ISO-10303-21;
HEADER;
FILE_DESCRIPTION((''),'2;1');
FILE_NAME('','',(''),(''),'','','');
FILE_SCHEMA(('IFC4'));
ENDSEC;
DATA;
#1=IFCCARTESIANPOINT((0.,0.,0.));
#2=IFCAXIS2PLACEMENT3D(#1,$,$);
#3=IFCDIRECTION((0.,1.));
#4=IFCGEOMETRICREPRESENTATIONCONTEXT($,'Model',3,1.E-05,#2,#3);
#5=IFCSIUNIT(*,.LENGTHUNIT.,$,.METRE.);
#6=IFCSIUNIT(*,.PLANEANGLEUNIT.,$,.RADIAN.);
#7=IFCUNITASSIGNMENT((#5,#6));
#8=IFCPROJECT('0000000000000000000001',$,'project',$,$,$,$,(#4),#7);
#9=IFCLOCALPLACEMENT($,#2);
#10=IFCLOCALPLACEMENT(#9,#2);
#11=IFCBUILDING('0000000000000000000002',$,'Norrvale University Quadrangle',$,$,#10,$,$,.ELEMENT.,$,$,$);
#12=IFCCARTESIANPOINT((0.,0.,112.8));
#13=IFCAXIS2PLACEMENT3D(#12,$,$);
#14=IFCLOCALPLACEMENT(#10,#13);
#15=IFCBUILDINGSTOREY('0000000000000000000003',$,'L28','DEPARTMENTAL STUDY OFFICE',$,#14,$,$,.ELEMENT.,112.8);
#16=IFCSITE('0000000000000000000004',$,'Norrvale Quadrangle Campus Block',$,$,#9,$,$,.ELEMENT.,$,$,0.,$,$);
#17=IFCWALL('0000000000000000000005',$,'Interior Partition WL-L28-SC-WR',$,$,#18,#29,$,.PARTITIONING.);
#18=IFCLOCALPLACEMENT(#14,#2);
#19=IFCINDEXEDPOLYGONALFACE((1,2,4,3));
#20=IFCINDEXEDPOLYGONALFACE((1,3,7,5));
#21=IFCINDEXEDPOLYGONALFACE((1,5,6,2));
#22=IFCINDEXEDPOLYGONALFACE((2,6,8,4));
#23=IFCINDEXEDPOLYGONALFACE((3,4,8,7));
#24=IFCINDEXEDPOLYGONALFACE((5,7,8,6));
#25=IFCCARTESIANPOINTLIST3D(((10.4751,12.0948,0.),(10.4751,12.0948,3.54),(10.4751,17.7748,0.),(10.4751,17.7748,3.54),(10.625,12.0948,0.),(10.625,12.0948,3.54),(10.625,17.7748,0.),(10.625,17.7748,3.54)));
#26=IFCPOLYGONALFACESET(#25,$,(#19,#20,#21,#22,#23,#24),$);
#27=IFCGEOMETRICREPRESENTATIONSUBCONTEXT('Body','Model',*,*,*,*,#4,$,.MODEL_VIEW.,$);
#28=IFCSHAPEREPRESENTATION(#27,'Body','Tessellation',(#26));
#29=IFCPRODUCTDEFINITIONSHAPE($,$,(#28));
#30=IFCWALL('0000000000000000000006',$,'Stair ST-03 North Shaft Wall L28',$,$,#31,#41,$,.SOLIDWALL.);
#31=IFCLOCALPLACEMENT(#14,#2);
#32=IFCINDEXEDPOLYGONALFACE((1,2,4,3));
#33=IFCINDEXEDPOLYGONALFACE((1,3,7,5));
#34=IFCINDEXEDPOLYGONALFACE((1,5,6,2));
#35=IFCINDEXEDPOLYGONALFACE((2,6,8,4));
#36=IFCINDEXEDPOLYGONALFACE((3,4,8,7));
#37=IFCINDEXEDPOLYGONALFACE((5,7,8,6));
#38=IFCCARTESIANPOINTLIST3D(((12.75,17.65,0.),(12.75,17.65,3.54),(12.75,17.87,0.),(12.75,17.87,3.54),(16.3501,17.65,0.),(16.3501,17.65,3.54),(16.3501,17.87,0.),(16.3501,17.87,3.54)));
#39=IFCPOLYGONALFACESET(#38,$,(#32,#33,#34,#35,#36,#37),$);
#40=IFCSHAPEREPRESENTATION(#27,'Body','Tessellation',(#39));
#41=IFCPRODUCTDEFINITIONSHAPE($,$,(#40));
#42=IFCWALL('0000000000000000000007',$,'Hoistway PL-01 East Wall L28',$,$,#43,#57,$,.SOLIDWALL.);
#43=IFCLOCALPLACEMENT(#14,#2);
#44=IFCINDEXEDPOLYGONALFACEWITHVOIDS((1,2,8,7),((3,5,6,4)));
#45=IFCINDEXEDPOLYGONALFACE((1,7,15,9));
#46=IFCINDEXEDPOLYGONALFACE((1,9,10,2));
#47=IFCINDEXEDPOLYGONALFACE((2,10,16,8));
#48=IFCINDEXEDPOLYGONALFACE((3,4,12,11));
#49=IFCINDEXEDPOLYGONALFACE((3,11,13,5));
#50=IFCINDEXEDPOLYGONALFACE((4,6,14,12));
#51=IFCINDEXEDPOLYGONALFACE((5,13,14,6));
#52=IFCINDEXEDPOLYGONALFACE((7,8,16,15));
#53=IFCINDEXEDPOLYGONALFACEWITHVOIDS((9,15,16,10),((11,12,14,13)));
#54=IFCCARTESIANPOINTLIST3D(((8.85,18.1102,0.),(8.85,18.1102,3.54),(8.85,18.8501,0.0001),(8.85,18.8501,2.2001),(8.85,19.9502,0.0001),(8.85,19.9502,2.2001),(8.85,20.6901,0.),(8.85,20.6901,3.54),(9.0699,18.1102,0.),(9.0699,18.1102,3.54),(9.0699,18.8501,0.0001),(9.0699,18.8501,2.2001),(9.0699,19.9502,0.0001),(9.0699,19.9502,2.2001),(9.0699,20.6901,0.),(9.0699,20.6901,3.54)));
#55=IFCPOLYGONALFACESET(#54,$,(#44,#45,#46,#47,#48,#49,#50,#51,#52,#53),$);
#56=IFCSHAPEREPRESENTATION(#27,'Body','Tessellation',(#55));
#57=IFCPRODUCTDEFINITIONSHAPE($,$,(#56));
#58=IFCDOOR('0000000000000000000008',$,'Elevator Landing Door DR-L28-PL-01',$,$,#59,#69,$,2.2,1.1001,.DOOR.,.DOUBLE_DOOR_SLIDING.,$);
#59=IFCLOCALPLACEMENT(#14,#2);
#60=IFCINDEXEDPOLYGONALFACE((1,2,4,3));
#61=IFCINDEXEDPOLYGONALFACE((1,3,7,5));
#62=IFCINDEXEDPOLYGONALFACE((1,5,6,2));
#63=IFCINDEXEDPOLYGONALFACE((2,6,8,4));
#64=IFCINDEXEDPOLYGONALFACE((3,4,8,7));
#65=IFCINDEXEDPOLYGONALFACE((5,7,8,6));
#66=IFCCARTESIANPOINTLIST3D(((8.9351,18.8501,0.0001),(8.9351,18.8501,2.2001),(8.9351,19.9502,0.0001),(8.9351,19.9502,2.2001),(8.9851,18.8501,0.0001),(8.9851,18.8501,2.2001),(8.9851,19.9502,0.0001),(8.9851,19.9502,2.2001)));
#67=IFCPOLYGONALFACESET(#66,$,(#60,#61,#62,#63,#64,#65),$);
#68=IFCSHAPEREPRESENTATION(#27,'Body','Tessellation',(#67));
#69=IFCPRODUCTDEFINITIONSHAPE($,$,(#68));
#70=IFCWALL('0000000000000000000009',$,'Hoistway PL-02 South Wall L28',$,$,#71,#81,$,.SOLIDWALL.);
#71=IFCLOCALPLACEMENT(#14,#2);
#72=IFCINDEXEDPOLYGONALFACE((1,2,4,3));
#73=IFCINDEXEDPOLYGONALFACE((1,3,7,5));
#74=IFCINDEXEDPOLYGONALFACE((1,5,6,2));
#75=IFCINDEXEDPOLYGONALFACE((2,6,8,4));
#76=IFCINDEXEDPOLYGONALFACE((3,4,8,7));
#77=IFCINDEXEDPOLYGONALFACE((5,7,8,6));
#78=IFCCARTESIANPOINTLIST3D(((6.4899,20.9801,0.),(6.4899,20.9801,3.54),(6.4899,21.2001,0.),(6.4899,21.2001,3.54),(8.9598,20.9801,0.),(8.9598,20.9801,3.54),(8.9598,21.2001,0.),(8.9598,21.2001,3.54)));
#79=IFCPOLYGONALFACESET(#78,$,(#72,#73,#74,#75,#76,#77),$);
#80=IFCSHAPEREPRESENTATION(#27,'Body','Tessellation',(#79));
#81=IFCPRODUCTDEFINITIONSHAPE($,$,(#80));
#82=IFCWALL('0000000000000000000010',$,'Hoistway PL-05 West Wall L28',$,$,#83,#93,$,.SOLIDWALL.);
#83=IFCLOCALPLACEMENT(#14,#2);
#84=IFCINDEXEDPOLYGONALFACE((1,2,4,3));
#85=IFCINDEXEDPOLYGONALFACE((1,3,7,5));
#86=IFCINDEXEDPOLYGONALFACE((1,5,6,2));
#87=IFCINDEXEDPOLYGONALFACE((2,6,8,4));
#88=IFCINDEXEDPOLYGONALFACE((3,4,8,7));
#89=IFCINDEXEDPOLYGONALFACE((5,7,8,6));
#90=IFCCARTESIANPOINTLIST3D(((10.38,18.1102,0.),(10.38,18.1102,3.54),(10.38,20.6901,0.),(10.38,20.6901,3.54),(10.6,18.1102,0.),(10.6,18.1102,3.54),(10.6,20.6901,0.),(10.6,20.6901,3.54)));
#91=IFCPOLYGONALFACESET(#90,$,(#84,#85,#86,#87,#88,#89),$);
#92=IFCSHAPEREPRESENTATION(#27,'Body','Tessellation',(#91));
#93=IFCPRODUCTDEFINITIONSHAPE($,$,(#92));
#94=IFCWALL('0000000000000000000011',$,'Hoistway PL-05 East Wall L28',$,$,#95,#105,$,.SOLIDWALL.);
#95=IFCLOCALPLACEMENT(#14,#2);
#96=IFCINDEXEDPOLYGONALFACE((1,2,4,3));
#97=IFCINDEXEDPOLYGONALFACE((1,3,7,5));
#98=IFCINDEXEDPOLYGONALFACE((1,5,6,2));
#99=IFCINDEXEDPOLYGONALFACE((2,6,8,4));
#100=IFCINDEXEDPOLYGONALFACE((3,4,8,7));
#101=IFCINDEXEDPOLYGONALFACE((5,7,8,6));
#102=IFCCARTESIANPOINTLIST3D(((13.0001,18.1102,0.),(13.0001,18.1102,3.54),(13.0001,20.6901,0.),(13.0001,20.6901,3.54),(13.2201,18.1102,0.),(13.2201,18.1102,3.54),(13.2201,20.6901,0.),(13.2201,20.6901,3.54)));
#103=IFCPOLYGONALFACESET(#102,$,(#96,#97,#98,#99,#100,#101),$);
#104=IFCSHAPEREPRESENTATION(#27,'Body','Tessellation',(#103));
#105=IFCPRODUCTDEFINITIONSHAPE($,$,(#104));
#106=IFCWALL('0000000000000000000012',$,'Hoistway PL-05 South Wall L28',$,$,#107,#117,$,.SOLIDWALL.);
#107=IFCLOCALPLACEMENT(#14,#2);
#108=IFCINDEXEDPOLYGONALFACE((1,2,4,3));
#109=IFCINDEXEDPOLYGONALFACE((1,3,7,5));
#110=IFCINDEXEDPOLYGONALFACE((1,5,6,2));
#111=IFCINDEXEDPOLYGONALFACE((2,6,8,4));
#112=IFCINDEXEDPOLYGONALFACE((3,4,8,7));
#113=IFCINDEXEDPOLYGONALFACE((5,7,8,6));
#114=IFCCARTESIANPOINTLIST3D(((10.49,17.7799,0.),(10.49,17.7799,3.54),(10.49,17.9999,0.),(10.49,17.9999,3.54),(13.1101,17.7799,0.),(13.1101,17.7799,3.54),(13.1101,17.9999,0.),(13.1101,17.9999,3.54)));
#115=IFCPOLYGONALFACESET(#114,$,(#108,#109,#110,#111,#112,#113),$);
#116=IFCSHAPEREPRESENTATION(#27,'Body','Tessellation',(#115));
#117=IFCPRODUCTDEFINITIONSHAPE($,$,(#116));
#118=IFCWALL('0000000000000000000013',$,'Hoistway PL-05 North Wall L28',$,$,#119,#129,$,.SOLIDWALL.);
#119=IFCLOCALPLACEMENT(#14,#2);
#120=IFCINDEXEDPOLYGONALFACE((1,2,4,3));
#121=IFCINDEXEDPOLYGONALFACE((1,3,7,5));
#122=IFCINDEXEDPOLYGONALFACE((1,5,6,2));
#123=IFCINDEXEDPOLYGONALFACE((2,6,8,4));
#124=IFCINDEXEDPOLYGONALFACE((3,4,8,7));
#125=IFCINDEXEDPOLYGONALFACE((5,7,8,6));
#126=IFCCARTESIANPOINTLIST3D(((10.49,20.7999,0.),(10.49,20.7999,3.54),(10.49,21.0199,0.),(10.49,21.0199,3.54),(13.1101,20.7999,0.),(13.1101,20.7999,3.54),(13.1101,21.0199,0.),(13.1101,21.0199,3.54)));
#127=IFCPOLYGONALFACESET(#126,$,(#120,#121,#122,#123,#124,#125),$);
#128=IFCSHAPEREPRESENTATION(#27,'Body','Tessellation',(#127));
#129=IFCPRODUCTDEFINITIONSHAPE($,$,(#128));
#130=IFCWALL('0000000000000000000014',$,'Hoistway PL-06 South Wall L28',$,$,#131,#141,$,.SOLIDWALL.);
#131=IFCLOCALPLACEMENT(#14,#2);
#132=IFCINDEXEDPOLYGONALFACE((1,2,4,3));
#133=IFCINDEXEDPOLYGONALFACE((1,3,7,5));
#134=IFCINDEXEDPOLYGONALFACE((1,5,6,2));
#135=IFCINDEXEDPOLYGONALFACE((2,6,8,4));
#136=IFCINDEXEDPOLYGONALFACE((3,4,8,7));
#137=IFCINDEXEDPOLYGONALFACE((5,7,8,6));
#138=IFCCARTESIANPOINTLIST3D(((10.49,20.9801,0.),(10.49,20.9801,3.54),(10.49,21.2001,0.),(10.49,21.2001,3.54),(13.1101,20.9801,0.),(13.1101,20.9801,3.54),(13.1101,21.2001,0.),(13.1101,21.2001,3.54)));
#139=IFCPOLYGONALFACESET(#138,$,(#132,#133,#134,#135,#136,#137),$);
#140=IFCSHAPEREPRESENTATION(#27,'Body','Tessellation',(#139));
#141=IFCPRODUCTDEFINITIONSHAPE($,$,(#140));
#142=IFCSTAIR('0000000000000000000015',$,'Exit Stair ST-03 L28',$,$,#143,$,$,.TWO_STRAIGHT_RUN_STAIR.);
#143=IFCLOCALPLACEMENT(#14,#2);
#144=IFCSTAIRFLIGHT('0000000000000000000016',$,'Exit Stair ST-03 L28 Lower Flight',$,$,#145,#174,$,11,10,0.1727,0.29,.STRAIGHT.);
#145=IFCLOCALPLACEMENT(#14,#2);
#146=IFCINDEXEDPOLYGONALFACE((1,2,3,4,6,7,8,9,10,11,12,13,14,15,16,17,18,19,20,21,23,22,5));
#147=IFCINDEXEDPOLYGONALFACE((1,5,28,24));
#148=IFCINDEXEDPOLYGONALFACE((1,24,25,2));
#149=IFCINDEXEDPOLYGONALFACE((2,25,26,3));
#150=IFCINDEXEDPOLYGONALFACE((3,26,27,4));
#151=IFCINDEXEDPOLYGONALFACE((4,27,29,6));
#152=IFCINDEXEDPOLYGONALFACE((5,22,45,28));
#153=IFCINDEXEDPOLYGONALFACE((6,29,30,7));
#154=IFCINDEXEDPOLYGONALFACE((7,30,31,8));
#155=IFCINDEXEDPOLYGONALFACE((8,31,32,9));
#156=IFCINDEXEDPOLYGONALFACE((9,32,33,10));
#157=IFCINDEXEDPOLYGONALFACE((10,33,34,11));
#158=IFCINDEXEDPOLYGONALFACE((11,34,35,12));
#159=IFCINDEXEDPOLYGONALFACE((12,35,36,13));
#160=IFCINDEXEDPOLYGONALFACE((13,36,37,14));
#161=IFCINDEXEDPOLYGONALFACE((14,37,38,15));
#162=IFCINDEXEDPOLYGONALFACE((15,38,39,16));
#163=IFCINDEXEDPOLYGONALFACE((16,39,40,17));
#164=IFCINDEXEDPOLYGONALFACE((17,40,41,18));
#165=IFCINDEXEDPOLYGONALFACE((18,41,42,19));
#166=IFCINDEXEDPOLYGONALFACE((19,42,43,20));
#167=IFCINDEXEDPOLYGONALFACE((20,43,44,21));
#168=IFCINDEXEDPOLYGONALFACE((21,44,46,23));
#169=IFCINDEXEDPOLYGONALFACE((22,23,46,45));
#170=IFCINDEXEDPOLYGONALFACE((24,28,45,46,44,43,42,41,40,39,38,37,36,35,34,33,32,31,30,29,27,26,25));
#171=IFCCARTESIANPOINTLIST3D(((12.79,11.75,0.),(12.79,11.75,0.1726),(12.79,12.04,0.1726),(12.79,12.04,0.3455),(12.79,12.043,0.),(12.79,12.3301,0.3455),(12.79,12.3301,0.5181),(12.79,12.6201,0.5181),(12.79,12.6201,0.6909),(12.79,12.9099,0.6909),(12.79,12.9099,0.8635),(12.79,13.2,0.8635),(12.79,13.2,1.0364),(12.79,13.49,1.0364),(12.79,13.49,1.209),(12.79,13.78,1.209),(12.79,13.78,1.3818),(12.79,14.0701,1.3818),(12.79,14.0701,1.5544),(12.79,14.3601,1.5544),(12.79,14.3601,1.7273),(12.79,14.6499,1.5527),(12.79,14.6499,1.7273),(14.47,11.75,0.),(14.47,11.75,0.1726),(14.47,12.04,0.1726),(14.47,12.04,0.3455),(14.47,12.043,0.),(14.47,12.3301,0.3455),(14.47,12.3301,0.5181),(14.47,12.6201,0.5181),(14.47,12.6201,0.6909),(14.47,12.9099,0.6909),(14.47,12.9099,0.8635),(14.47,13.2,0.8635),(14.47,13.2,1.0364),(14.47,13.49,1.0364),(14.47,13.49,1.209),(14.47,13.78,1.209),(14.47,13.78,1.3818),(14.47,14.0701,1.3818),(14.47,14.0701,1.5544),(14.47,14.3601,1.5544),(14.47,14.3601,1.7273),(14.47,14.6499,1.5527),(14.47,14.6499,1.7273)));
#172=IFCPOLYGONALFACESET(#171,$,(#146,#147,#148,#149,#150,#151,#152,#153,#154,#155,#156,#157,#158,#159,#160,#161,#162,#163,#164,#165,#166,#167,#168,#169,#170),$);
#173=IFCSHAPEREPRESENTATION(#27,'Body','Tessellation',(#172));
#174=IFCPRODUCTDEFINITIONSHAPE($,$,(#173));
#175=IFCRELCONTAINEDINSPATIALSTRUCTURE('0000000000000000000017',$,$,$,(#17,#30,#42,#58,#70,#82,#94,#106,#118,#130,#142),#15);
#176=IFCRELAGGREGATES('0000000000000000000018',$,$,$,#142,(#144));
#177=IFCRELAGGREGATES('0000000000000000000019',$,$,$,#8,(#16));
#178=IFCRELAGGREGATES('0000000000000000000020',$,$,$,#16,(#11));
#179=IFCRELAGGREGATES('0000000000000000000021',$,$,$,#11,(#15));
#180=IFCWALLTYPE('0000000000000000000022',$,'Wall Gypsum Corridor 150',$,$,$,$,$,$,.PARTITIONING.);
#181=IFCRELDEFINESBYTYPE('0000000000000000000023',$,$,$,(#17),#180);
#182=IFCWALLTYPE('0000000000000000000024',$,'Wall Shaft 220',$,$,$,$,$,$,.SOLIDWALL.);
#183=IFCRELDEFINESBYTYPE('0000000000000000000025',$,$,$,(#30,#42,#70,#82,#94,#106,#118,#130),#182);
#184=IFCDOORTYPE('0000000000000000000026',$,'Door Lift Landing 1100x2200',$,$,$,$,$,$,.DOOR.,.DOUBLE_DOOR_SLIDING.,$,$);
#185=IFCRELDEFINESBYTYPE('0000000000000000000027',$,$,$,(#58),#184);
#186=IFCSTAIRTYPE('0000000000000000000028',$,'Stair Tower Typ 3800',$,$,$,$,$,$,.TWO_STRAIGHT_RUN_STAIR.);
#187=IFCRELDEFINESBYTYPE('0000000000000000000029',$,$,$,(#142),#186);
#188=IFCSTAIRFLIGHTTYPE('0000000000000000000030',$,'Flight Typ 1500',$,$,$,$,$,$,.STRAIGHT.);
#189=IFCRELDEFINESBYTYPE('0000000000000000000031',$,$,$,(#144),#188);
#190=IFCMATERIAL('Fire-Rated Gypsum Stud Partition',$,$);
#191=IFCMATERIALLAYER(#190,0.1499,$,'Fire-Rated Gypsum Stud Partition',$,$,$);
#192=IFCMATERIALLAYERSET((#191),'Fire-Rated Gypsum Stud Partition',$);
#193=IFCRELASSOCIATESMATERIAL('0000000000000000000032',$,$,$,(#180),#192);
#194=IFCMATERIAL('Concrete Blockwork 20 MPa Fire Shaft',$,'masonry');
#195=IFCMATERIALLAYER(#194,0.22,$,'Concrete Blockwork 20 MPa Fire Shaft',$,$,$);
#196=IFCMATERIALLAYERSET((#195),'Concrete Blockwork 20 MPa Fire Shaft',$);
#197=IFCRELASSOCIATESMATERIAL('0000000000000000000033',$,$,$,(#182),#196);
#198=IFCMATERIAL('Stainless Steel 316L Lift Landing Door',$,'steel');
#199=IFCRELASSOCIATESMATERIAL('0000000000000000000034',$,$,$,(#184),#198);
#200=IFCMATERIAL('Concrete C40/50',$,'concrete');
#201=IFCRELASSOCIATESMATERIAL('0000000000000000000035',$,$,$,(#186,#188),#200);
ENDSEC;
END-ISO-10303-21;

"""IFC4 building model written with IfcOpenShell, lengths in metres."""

from ifc_helpers import new_model, si_unit, direction, frame, frame_2d, origin, place, context, subcontext, project, spatial, polyline, rectangle, outline, extrude, material, layer, layer_set, type_object, element, fill, aggregate, save


model = new_model("IFC4")

# Units and contexts
model_context = context("Model", 3, precision=1e-05, world=origin(), true_north=direction((0.0, 1.0)))
body_context = subcontext(model_context, "Body", "Model", "MODEL_VIEW")
ifc_project = project(units=[si_unit("LENGTHUNIT", "METRE"), si_unit("PLANEANGLEUNIT", "RADIAN")], contexts=[model_context])

# Site, building, storey
site_placement = place(None, origin())
site = spatial("IfcSite", under=ifc_project, at=site_placement, Name="Norrvale Quadrangle Campus Block", CompositionType="ELEMENT", RefElevation=0.0)
building_placement = place(site_placement, origin())
building = spatial("IfcBuilding", under=site, at=building_placement, Name="Norrvale University Quadrangle", CompositionType="ELEMENT")
storey_placement = place(building_placement, frame((0.0, 0.0, 112.8)))
storey = spatial("IfcBuildingStorey", under=building, at=storey_placement, Name="L28", Description="DEPARTMENTAL STUDY OFFICE", CompositionType="ELEMENT", Elevation=112.8)

# Shared definitions
ifc_material_1 = material(Name="Fire-Rated Gypsum Stud Partition")
ifc_layer_1 = layer(ifc_material_1, 0.1499, Name="Fire-Rated Gypsum Stud Partition")
ifc_layer_set_1 = layer_set([ifc_layer_1], Name="Fire-Rated Gypsum Stud Partition")
wall_type_1 = type_object("IfcWallType", Name="Wall Gypsum Corridor 150", PredefinedType="PARTITIONING", material=ifc_layer_set_1)

# Walls
for number, where, z_axis, x_axis, name in (
    (1, (10.55, 12.095, 0.0), (0.0, 0.0, 1.0), (0.0, 1.0, 0.0), "Interior Partition WL-L28-SC-WR"),
):
    element("IfcWall", number, at=place(storey_placement, frame(where, z_axis=z_axis, x_axis=x_axis)), inside=storey, type_object=wall_type_1, Name=name, PredefinedType="PARTITIONING", context=body_context, shape_type="SweptSolid", body=[
        extrude(rectangle(XDim=5.6799, YDim=0.1499, at=frame_2d((2.8398, 0.0))), origin(), (0.0, 0.0, 1.0), 3.54),
    ])
ifc_material_2 = material(Name="Concrete Blockwork 20 MPa Fire Shaft", Category="masonry")
ifc_layer_2 = layer(ifc_material_2, 0.22, Name="Concrete Blockwork 20 MPa Fire Shaft")
ifc_layer_set_2 = layer_set([ifc_layer_2], Name="Concrete Blockwork 20 MPa Fire Shaft")
wall_type_2 = type_object("IfcWallType", Name="Wall Shaft 220", PredefinedType="SOLIDWALL", material=ifc_layer_set_2)
wall_1_placement = place(storey_placement, frame((12.75, 17.76, 0.0), z_axis=(0.0, 0.0, 1.0), x_axis=(1.0, 0.0, 0.0)))
element("IfcWall", 2, at=wall_1_placement, inside=storey, type_object=wall_type_2, Name="Stair ST-03 North Shaft Wall L28", PredefinedType="SOLIDWALL", context=body_context, shape_type="SweptSolid", body=[
    extrude(rectangle(XDim=3.6001, YDim=0.22, at=frame_2d((1.8, 0.0))), origin(), (0.0, 0.0, 1.0), 3.54),
])

# Wall, opening, door
wall_2_placement = place(storey_placement, frame((8.96, 18.1101, 0.0), z_axis=(0.0, 0.0, 1.0), x_axis=(0.0, 1.0, 0.0)))
wall_2 = element("IfcWall", 3, at=wall_2_placement, inside=storey, type_object=wall_type_2, Name="Hoistway PL-01 East Wall L28", PredefinedType="SOLIDWALL", context=body_context, shape_type="SweptSolid", body=[
    extrude(rectangle(XDim=2.5798, YDim=0.22, at=frame_2d((1.29, 0.0))), origin(), (0.0, 0.0, 1.0), 3.54),
])
opening_1_placement = place(wall_2_placement, frame((0.74, 0.0, 0.0)))
opening_1 = element("IfcOpeningElement", 4, at=opening_1_placement, cuts=wall_2, PredefinedType="OPENING", context=body_context, shape_type="SweptSolid", body=[
    extrude(rectangle(XDim=1.1001, YDim=2.2, at=frame_2d((0.55, 1.1001))), frame((0.0, 0.1221, 0.0), z_axis=(0.0, -1.0, 0.0), x_axis=(1.0, 0.0, 0.0)), (0.0, 0.0, 1.0), 0.2439),
])
ifc_material_3 = material(Name="Stainless Steel 316L Lift Landing Door", Category="steel")
door_type_1 = type_object("IfcDoorType", Name="Door Lift Landing 1100x2200", OperationType="DOUBLE_DOOR_SLIDING", PredefinedType="DOOR", material=ifc_material_3)
door_1_placement = place(opening_1_placement, origin())
door_1 = element("IfcDoor", 5, at=door_1_placement, inside=storey, type_object=door_type_1, Name="Elevator Landing Door DR-L28-PL-01", OperationType="DOUBLE_DOOR_SLIDING", OverallHeight=2.2, OverallWidth=1.1001, PredefinedType="DOOR", context=body_context, shape_type="SweptSolid", body=[
    extrude(rectangle(XDim=1.1001, YDim=2.2, at=frame_2d((0.55, 1.1001))), frame((0.0, 0.0249, 0.0), z_axis=(0.0, -1.0, 0.0), x_axis=(1.0, 0.0, 0.0)), (0.0, 0.0, 1.0), 0.05),
])
fill(opening_1, door_1)

# Walls
wall_3_placement = place(storey_placement, frame((6.49, 21.0901, 0.0), z_axis=(0.0, 0.0, 1.0), x_axis=(1.0, 0.0, 0.0)))
element("IfcWall", 6, at=wall_3_placement, inside=storey, type_object=wall_type_2, Name="Hoistway PL-02 South Wall L28", PredefinedType="SOLIDWALL", context=body_context, shape_type="SweptSolid", body=[
    extrude(rectangle(XDim=2.47, YDim=0.22, at=frame_2d((1.2349, 0.0))), origin(), (0.0, 0.0, 1.0), 3.54),
])
for number, where, z_axis, x_axis, name in (
    (7, (10.49, 18.1101, 0.0), (0.0, 0.0, 1.0), (0.0, 1.0, 0.0), "Hoistway PL-05 West Wall L28"),
    (8, (13.1101, 18.1101, 0.0), (0.0, 0.0, 1.0), (0.0, 1.0, 0.0), "Hoistway PL-05 East Wall L28"),
):
    element("IfcWall", number, at=place(storey_placement, frame(where, z_axis=z_axis, x_axis=x_axis)), inside=storey, type_object=wall_type_2, Name=name, PredefinedType="SOLIDWALL", context=body_context, shape_type="SweptSolid", body=[
        extrude(rectangle(XDim=2.5798, YDim=0.22, at=frame_2d((1.29, 0.0))), origin(), (0.0, 0.0, 1.0), 3.54),
    ])
for number, where, z_axis, x_axis, name in (
    (9, (10.49, 17.8899, 0.0), (0.0, 0.0, 1.0), (1.0, 0.0, 0.0), "Hoistway PL-05 South Wall L28"),
    (10, (10.49, 20.9099, 0.0), (0.0, 0.0, 1.0), (1.0, 0.0, 0.0), "Hoistway PL-05 North Wall L28"),
    (11, (10.49, 21.0901, 0.0), (0.0, 0.0, 1.0), (1.0, 0.0, 0.0), "Hoistway PL-06 South Wall L28"),
):
    element("IfcWall", number, at=place(storey_placement, frame(where, z_axis=z_axis, x_axis=x_axis)), inside=storey, type_object=wall_type_2, Name=name, PredefinedType="SOLIDWALL", context=body_context, shape_type="SweptSolid", body=[
        extrude(rectangle(XDim=2.6201, YDim=0.22, at=frame_2d((1.3101, 0.0))), origin(), (0.0, 0.0, 1.0), 3.54),
    ])

# Stair, stair flight
ifc_material_4 = material(Name="Concrete C40/50", Category="concrete")
stair_type = type_object("IfcStairType", Name="Stair Tower Typ 3800", PredefinedType="TWO_STRAIGHT_RUN_STAIR", material=ifc_material_4)
stair_placement = place(storey_placement, origin())
stair = element("IfcStair", 12, at=stair_placement, inside=storey, type_object=stair_type, Name="Exit Stair ST-03 L28", PredefinedType="TWO_STRAIGHT_RUN_STAIR")
stair_flight_type = type_object("IfcStairFlightType", Name="Flight Typ 1500", PredefinedType="STRAIGHT", material=ifc_material_4)
stair_flight_1_placement = place(storey_placement, frame((13.6299, 11.75, 0.0), z_axis=(0.0, 0.0, 1.0), x_axis=(0.0, 1.0, 0.0)))
stair_flight_1 = element("IfcStairFlight", 13, at=stair_flight_1_placement, type_object=stair_flight_type, Name="Exit Stair ST-03 L28 Lower Flight", NumberOfRisers=11, NumberOfTreads=10, PredefinedType="STRAIGHT", RiserHeight=0.1727, TreadLength=0.29, context=body_context, shape_type="SweptSolid", body=[
    extrude(outline(polyline([(0.0, 0.0), (0.0, 0.1726), (0.29, 0.1726), (0.29, 0.3455), (0.5801, 0.3455), (0.5801, 0.5181), (0.8701, 0.5181), (0.8701, 0.6909), (1.1599, 0.6909), (1.1599, 0.8635), (1.45, 0.8635), (1.45, 1.0364), (1.74, 1.0364), (1.74, 1.209), (2.03, 1.209), (2.03, 1.3818), (2.3201, 1.3818), (2.3201, 1.5544), (2.6101, 1.5544), (2.6101, 1.7273), (2.8999, 1.7273), (2.8999, 1.8999), (2.8999, 1.5527), (0.293, 0.0), (0.0, 0.0)])), frame((0.0, 0.8398, 0.0), z_axis=(0.0, -1.0, 0.0), x_axis=(1.0, 0.0, 0.0)), (0.0, 0.0, 1.0), 1.6799),
])
aggregate(stair, [stair_flight_1])

save(model, "model.ifc")
